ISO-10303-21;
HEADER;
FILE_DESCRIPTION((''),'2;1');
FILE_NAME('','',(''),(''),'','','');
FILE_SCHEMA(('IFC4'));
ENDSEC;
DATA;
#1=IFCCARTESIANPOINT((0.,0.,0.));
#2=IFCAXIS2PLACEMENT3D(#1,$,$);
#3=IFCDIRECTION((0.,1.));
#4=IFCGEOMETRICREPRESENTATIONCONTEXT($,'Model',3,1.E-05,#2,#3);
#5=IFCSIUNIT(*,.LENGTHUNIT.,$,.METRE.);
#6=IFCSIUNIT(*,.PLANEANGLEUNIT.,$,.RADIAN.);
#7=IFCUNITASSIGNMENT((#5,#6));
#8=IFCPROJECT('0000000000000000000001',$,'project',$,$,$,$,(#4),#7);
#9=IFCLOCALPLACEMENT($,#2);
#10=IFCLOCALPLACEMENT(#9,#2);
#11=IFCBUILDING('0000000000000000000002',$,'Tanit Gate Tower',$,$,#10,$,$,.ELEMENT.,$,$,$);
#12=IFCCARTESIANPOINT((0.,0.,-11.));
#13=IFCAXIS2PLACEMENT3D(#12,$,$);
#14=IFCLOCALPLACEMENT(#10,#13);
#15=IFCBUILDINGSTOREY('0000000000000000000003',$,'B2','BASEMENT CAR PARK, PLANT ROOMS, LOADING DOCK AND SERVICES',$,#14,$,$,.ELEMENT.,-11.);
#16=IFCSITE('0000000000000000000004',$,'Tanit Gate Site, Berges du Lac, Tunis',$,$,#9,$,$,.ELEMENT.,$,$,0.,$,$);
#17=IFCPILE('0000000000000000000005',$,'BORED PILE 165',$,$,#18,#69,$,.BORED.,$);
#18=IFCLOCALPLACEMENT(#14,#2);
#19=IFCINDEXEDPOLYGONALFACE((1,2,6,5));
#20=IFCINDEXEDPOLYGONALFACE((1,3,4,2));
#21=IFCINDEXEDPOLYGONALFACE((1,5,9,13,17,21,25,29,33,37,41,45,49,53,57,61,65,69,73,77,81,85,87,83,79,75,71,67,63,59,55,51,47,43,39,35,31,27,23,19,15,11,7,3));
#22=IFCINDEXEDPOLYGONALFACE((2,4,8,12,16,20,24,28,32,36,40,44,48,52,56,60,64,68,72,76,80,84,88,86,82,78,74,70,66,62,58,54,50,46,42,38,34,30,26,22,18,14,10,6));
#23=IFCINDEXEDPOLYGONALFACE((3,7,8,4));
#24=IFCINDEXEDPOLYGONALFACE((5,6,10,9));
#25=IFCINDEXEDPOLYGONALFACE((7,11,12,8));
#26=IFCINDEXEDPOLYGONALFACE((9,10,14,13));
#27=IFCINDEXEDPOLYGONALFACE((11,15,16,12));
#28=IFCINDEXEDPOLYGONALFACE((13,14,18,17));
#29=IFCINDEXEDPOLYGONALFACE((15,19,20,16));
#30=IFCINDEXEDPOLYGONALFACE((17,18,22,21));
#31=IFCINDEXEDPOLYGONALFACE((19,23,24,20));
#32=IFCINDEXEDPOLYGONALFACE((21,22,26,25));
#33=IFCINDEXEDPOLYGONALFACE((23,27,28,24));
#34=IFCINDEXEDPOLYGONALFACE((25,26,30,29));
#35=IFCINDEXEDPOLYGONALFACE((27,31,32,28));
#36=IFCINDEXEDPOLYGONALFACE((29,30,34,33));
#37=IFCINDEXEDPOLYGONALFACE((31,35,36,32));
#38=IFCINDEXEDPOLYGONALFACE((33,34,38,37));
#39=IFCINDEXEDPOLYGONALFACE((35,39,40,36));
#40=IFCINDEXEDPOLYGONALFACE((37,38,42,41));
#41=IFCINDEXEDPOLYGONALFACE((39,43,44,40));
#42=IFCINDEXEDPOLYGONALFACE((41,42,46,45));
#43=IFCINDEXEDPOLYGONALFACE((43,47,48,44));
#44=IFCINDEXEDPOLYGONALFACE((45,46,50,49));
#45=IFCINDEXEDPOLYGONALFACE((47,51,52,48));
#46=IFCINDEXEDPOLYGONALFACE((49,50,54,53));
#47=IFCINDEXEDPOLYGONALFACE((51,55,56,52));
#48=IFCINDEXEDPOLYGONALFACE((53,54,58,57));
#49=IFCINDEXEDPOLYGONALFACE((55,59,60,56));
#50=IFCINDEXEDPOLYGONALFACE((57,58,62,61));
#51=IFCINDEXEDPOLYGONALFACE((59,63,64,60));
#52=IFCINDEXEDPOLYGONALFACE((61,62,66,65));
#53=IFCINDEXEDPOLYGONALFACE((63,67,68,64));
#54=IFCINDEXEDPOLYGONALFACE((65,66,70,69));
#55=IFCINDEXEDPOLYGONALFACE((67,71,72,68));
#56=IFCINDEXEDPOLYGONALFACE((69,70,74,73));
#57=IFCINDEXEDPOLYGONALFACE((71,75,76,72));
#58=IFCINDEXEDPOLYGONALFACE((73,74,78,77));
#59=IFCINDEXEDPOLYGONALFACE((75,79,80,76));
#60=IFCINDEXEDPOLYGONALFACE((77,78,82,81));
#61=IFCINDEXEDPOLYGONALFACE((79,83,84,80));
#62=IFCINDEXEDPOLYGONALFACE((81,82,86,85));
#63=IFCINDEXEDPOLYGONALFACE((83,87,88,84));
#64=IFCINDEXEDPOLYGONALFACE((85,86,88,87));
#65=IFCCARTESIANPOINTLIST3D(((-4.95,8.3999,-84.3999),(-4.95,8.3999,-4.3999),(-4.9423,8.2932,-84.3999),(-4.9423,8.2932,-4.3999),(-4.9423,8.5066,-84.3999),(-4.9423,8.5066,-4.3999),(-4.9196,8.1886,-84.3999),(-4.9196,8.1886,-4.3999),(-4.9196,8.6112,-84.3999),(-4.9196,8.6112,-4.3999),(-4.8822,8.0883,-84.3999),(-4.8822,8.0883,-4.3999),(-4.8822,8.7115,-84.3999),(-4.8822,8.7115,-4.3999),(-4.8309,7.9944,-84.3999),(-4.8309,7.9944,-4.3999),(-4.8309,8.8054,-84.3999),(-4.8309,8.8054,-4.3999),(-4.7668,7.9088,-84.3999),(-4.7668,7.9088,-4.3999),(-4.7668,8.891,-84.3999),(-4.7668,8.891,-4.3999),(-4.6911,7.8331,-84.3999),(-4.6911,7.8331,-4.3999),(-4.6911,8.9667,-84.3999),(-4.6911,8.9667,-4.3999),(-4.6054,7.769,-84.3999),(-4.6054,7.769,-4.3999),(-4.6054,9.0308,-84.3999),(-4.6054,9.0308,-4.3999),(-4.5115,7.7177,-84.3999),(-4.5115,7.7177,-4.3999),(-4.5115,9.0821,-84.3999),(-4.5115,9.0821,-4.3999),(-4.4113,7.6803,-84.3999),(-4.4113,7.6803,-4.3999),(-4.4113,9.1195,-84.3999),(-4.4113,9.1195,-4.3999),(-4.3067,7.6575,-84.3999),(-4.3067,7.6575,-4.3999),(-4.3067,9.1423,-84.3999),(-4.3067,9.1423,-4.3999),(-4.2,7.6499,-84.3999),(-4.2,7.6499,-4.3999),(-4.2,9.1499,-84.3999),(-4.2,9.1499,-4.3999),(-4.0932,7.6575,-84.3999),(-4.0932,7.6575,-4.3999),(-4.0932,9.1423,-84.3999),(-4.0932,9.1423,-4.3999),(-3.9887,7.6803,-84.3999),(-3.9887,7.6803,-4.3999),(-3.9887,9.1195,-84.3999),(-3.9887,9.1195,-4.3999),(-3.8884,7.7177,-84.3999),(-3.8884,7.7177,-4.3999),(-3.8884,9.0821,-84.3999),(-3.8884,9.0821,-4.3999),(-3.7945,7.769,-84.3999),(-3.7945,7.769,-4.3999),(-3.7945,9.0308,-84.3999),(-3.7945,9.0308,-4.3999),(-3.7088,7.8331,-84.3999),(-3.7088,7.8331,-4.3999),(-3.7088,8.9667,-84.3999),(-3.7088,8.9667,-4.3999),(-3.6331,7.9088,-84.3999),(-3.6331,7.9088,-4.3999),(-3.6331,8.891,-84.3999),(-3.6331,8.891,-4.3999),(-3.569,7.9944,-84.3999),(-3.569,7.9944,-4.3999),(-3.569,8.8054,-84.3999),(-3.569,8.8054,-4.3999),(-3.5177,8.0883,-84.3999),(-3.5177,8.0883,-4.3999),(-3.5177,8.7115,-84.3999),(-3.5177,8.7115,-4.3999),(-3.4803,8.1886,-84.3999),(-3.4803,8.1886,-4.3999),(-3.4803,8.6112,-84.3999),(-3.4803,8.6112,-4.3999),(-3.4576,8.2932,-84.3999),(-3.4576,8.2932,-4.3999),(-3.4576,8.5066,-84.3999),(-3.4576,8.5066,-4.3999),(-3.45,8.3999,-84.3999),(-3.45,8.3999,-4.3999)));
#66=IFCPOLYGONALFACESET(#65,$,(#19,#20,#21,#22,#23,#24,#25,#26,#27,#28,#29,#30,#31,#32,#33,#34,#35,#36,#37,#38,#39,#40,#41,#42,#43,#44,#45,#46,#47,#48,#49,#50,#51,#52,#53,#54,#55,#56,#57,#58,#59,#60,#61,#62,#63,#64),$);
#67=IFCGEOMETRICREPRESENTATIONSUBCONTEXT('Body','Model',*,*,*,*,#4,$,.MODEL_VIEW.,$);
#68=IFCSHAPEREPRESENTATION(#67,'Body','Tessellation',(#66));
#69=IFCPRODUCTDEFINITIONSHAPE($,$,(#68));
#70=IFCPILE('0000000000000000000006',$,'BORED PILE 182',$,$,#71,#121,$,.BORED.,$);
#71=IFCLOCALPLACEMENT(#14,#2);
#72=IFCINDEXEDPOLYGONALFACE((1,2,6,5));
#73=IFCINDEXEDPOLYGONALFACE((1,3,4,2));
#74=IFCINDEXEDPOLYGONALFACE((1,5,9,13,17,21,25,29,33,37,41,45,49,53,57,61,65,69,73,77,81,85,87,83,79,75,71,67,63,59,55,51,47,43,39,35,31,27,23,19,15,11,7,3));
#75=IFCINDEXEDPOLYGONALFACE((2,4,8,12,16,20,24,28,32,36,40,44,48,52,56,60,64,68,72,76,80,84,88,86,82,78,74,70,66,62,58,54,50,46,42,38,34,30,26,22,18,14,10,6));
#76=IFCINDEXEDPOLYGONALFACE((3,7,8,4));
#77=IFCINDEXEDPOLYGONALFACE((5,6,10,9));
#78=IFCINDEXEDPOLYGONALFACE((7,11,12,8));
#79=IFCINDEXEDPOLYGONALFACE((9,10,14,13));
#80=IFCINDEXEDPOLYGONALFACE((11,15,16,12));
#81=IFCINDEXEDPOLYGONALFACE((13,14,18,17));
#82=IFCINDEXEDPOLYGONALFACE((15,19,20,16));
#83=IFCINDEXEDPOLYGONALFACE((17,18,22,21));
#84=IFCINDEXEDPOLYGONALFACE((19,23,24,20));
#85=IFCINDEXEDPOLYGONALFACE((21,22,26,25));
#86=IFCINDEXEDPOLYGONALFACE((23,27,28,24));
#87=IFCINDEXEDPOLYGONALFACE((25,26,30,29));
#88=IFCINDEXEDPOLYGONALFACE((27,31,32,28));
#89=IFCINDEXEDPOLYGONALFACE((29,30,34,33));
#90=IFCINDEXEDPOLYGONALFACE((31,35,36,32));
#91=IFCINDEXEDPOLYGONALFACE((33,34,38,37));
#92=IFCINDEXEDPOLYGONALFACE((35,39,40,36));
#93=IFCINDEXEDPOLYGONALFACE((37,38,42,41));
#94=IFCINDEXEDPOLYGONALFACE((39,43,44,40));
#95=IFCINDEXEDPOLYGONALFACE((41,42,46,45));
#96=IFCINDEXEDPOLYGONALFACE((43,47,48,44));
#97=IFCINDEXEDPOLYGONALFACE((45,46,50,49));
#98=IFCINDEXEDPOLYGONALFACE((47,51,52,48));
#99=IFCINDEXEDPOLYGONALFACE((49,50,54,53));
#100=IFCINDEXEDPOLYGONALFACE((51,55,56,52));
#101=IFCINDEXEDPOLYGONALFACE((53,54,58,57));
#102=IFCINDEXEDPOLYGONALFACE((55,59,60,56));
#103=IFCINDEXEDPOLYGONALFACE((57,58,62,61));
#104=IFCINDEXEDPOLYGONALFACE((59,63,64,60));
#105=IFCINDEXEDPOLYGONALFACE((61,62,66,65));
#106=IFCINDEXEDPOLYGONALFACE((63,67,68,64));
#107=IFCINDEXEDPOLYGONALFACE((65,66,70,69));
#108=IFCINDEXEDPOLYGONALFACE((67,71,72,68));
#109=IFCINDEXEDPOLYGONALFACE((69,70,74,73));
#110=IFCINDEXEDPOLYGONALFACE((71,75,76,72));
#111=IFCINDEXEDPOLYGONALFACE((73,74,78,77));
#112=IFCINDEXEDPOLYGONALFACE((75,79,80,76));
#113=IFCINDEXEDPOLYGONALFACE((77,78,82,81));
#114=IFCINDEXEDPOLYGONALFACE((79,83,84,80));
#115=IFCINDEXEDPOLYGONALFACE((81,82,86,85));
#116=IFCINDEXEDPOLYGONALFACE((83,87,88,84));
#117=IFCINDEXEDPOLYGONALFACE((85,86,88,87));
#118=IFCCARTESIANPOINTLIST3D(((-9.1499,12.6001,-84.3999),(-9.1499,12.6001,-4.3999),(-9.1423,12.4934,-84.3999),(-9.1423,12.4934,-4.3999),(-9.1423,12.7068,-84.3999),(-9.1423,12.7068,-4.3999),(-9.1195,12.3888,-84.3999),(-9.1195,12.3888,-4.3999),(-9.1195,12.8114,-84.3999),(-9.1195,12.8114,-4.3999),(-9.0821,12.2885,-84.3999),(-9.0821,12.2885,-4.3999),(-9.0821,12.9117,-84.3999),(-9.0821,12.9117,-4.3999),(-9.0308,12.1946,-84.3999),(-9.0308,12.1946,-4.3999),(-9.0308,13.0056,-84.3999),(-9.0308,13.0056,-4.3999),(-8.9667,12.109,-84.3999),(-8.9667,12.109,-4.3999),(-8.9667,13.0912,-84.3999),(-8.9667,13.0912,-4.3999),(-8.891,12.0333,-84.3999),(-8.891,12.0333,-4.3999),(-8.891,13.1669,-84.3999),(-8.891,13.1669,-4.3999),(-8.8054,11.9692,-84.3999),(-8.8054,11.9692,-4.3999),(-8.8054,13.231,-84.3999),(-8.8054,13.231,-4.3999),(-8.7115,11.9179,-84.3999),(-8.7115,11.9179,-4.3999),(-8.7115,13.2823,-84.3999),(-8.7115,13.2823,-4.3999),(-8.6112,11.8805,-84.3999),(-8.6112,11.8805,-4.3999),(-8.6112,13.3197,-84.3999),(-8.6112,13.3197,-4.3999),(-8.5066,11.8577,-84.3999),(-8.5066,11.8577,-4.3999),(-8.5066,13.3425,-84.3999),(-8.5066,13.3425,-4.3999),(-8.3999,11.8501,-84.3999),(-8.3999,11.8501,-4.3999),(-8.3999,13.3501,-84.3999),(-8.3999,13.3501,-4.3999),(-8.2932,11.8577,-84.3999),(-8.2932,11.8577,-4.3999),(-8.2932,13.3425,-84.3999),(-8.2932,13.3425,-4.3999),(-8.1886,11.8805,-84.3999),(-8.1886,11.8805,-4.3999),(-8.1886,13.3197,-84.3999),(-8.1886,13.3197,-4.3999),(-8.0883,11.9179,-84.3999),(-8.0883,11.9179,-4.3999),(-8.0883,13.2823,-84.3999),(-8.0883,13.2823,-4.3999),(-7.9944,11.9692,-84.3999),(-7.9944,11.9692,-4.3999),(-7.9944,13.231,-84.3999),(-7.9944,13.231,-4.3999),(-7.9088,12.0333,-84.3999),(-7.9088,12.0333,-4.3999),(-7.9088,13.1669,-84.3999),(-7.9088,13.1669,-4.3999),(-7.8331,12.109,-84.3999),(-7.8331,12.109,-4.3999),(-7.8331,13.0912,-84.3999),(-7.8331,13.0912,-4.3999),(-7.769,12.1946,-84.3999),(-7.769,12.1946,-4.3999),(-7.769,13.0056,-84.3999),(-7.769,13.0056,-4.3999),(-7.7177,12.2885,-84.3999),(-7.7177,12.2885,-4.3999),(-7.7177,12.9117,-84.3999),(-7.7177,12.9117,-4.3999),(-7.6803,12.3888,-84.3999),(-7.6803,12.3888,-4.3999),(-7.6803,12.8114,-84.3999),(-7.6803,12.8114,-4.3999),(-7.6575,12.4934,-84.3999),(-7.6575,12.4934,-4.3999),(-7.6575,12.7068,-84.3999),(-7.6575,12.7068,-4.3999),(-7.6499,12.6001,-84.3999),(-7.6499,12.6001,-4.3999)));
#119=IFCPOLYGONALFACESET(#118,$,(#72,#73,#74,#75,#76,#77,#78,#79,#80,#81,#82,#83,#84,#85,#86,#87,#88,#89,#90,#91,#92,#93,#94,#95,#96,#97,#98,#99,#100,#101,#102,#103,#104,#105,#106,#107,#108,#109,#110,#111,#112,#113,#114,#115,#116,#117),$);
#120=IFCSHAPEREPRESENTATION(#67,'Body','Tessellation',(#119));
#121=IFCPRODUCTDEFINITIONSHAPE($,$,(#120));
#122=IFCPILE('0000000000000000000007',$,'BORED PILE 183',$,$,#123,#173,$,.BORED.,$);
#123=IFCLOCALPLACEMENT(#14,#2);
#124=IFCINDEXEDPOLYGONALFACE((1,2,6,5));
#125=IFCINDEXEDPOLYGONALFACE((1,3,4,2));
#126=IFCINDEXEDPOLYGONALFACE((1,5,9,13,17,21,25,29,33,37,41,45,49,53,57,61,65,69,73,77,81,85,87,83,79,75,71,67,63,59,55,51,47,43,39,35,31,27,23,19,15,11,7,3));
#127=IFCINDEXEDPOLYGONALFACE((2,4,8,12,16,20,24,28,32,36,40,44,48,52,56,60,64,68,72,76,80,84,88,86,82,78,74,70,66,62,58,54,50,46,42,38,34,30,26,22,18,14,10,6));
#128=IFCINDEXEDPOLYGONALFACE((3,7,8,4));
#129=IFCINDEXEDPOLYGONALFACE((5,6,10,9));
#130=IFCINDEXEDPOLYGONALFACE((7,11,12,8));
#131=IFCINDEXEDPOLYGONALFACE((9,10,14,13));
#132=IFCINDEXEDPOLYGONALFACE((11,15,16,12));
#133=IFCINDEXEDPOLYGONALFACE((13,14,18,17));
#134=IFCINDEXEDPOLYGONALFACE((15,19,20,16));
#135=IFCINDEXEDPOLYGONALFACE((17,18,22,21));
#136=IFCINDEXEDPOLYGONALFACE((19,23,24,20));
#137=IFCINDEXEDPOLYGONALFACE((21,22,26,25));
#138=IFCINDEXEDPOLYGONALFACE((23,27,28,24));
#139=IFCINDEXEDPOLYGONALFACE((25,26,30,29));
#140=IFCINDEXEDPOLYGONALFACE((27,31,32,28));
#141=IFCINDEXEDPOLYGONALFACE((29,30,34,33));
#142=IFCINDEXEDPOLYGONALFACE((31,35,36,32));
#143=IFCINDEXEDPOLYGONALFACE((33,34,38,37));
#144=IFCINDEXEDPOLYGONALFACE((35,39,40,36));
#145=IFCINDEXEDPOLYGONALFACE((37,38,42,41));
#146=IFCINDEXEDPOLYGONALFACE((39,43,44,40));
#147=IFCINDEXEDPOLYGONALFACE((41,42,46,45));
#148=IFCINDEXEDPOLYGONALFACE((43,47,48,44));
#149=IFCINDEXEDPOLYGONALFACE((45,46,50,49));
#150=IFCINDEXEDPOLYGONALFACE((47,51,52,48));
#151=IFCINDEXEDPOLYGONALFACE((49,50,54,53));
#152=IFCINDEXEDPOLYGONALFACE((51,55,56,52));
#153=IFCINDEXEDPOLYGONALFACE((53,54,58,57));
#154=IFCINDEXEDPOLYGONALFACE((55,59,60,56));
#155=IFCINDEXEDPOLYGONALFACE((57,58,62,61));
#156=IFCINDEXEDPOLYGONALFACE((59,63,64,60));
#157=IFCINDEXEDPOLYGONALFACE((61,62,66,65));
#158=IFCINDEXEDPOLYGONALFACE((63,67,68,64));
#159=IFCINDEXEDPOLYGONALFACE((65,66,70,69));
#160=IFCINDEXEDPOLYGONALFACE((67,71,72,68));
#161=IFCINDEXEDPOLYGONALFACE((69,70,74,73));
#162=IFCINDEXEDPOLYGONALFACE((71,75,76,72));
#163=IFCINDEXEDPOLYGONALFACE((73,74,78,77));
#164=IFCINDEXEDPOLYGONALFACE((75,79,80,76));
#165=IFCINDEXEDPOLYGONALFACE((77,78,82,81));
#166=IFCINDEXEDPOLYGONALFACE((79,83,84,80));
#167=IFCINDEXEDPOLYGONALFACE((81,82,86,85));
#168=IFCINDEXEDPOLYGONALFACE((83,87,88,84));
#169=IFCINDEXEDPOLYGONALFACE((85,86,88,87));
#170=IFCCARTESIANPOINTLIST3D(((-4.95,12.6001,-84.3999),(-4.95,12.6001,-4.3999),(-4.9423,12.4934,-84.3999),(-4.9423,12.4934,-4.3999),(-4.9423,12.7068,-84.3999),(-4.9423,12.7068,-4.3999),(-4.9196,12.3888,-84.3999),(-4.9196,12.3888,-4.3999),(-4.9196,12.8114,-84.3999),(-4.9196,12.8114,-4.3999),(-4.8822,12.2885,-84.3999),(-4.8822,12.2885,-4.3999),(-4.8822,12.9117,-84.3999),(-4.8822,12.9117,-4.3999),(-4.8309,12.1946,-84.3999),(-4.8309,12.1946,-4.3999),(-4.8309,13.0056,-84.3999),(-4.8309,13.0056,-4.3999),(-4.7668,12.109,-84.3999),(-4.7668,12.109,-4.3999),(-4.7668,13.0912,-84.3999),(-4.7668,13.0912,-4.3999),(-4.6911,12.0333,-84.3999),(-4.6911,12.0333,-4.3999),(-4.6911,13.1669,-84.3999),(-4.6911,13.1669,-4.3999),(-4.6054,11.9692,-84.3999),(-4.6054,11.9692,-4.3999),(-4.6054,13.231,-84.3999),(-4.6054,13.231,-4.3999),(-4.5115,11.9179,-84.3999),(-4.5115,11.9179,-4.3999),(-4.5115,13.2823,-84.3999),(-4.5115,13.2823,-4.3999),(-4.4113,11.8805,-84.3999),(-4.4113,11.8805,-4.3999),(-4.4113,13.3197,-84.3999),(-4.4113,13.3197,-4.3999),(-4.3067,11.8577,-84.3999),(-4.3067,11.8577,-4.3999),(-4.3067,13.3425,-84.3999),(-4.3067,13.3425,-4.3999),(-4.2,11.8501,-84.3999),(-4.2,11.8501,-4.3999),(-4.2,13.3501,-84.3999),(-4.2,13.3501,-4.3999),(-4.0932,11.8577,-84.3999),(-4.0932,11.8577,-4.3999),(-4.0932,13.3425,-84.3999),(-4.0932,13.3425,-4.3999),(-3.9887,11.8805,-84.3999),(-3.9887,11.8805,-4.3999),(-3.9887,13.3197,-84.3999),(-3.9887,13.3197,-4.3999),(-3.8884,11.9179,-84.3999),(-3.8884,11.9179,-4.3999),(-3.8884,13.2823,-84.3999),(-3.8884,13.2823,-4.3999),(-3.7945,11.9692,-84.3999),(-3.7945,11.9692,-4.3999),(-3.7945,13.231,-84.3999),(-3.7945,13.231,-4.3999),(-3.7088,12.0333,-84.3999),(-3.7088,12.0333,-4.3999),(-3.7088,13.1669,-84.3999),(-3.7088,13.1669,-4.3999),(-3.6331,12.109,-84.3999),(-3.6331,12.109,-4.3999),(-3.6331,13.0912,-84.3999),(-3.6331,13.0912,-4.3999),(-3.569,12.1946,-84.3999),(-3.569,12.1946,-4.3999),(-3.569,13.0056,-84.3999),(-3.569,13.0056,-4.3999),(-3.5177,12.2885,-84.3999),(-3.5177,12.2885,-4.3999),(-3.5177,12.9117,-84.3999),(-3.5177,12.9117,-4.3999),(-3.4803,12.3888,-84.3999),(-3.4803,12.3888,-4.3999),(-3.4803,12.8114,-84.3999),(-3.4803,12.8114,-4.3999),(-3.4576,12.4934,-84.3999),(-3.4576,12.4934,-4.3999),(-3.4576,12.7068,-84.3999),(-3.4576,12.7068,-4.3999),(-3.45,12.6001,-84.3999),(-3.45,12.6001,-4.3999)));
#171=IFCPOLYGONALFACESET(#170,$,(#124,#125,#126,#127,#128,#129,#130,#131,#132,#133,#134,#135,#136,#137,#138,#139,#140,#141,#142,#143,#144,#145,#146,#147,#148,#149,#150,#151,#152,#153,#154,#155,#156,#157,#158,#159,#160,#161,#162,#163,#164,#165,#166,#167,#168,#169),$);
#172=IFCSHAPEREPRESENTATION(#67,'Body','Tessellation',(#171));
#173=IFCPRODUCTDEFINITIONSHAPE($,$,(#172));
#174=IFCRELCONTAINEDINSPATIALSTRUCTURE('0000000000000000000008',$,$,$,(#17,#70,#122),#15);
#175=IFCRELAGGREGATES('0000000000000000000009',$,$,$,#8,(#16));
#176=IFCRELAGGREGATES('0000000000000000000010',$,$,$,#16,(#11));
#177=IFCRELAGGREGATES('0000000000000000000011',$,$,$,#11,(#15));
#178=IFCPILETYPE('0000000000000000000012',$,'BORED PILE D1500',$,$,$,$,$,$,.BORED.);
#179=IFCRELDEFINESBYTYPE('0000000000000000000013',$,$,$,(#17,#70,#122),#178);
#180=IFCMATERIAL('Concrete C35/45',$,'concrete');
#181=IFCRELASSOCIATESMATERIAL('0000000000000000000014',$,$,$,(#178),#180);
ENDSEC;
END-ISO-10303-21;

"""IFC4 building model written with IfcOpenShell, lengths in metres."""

from ifc_helpers import new_model, si_unit, direction, frame, origin, origin_2d, place, context, subcontext, project, spatial, circle, extrude, material, material_profile, profile_set, type_object, element, save


model = new_model("IFC4")

# Units and contexts
model_context = context("Model", 3, precision=1e-05, world=origin(), true_north=direction((0.0, 1.0)))
body_context = subcontext(model_context, "Body", "Model", "MODEL_VIEW")
ifc_project = project(units=[si_unit("LENGTHUNIT", "METRE"), si_unit("PLANEANGLEUNIT", "RADIAN")], contexts=[model_context])

# Site, building, storey
site_placement = place(None, origin())
site = spatial("IfcSite", under=ifc_project, at=site_placement, Name="Tanit Gate Site, Berges du Lac, Tunis", CompositionType="ELEMENT", RefElevation=0.0)
building_placement = place(site_placement, origin())
building = spatial("IfcBuilding", under=site, at=building_placement, Name="Tanit Gate Tower", CompositionType="ELEMENT")
storey_placement = place(building_placement, frame((0.0, 0.0, -11.0)))
storey = spatial("IfcBuildingStorey", under=building, at=storey_placement, Name="B2", Description="BASEMENT CAR PARK, PLANT ROOMS, LOADING DOCK AND SERVICES", CompositionType="ELEMENT", Elevation=-11.0)

# Piles
ifc_material_1 = material(Name="Concrete C35/45", Category="concrete")
ifc_material_profile = material_profile(ifc_material_1, circle(Radius=0.75, at=origin_2d()), Name="BORED PILE D1500 C35/45")
ifc_profile_set = profile_set([ifc_material_profile], Name="Concrete C35/45")
pile_type = type_object("IfcPileType", Name="BORED PILE D1500", PredefinedType="BORED", material=ifc_profile_set)
for number, where, z_axis, x_axis, name in (
    (1, (-4.2, 8.3999, -4.3999), (0.0, 0.0, -1.0), (1.0, 0.0, 0.0), "BORED PILE 165"),
    (2, (-8.3999, 12.6001, -4.3999), (0.0, 0.0, -1.0), (1.0, 0.0, 0.0), "BORED PILE 182"),
    (3, (-4.2, 12.6001, -4.3999), (0.0, 0.0, -1.0), (1.0, 0.0, 0.0), "BORED PILE 183"),
):
    element("IfcPile", number, at=place(storey_placement, frame(where, z_axis=z_axis, x_axis=x_axis)), inside=storey, type_object=pile_type, Name=name, PredefinedType="BORED", context=body_context, shape_type="SweptSolid", body=[
        extrude(circle(Radius=0.75, at=origin_2d()), origin(), (0.0, 0.0, 1.0), 80.0),
    ])

save(model, "model.ifc")
